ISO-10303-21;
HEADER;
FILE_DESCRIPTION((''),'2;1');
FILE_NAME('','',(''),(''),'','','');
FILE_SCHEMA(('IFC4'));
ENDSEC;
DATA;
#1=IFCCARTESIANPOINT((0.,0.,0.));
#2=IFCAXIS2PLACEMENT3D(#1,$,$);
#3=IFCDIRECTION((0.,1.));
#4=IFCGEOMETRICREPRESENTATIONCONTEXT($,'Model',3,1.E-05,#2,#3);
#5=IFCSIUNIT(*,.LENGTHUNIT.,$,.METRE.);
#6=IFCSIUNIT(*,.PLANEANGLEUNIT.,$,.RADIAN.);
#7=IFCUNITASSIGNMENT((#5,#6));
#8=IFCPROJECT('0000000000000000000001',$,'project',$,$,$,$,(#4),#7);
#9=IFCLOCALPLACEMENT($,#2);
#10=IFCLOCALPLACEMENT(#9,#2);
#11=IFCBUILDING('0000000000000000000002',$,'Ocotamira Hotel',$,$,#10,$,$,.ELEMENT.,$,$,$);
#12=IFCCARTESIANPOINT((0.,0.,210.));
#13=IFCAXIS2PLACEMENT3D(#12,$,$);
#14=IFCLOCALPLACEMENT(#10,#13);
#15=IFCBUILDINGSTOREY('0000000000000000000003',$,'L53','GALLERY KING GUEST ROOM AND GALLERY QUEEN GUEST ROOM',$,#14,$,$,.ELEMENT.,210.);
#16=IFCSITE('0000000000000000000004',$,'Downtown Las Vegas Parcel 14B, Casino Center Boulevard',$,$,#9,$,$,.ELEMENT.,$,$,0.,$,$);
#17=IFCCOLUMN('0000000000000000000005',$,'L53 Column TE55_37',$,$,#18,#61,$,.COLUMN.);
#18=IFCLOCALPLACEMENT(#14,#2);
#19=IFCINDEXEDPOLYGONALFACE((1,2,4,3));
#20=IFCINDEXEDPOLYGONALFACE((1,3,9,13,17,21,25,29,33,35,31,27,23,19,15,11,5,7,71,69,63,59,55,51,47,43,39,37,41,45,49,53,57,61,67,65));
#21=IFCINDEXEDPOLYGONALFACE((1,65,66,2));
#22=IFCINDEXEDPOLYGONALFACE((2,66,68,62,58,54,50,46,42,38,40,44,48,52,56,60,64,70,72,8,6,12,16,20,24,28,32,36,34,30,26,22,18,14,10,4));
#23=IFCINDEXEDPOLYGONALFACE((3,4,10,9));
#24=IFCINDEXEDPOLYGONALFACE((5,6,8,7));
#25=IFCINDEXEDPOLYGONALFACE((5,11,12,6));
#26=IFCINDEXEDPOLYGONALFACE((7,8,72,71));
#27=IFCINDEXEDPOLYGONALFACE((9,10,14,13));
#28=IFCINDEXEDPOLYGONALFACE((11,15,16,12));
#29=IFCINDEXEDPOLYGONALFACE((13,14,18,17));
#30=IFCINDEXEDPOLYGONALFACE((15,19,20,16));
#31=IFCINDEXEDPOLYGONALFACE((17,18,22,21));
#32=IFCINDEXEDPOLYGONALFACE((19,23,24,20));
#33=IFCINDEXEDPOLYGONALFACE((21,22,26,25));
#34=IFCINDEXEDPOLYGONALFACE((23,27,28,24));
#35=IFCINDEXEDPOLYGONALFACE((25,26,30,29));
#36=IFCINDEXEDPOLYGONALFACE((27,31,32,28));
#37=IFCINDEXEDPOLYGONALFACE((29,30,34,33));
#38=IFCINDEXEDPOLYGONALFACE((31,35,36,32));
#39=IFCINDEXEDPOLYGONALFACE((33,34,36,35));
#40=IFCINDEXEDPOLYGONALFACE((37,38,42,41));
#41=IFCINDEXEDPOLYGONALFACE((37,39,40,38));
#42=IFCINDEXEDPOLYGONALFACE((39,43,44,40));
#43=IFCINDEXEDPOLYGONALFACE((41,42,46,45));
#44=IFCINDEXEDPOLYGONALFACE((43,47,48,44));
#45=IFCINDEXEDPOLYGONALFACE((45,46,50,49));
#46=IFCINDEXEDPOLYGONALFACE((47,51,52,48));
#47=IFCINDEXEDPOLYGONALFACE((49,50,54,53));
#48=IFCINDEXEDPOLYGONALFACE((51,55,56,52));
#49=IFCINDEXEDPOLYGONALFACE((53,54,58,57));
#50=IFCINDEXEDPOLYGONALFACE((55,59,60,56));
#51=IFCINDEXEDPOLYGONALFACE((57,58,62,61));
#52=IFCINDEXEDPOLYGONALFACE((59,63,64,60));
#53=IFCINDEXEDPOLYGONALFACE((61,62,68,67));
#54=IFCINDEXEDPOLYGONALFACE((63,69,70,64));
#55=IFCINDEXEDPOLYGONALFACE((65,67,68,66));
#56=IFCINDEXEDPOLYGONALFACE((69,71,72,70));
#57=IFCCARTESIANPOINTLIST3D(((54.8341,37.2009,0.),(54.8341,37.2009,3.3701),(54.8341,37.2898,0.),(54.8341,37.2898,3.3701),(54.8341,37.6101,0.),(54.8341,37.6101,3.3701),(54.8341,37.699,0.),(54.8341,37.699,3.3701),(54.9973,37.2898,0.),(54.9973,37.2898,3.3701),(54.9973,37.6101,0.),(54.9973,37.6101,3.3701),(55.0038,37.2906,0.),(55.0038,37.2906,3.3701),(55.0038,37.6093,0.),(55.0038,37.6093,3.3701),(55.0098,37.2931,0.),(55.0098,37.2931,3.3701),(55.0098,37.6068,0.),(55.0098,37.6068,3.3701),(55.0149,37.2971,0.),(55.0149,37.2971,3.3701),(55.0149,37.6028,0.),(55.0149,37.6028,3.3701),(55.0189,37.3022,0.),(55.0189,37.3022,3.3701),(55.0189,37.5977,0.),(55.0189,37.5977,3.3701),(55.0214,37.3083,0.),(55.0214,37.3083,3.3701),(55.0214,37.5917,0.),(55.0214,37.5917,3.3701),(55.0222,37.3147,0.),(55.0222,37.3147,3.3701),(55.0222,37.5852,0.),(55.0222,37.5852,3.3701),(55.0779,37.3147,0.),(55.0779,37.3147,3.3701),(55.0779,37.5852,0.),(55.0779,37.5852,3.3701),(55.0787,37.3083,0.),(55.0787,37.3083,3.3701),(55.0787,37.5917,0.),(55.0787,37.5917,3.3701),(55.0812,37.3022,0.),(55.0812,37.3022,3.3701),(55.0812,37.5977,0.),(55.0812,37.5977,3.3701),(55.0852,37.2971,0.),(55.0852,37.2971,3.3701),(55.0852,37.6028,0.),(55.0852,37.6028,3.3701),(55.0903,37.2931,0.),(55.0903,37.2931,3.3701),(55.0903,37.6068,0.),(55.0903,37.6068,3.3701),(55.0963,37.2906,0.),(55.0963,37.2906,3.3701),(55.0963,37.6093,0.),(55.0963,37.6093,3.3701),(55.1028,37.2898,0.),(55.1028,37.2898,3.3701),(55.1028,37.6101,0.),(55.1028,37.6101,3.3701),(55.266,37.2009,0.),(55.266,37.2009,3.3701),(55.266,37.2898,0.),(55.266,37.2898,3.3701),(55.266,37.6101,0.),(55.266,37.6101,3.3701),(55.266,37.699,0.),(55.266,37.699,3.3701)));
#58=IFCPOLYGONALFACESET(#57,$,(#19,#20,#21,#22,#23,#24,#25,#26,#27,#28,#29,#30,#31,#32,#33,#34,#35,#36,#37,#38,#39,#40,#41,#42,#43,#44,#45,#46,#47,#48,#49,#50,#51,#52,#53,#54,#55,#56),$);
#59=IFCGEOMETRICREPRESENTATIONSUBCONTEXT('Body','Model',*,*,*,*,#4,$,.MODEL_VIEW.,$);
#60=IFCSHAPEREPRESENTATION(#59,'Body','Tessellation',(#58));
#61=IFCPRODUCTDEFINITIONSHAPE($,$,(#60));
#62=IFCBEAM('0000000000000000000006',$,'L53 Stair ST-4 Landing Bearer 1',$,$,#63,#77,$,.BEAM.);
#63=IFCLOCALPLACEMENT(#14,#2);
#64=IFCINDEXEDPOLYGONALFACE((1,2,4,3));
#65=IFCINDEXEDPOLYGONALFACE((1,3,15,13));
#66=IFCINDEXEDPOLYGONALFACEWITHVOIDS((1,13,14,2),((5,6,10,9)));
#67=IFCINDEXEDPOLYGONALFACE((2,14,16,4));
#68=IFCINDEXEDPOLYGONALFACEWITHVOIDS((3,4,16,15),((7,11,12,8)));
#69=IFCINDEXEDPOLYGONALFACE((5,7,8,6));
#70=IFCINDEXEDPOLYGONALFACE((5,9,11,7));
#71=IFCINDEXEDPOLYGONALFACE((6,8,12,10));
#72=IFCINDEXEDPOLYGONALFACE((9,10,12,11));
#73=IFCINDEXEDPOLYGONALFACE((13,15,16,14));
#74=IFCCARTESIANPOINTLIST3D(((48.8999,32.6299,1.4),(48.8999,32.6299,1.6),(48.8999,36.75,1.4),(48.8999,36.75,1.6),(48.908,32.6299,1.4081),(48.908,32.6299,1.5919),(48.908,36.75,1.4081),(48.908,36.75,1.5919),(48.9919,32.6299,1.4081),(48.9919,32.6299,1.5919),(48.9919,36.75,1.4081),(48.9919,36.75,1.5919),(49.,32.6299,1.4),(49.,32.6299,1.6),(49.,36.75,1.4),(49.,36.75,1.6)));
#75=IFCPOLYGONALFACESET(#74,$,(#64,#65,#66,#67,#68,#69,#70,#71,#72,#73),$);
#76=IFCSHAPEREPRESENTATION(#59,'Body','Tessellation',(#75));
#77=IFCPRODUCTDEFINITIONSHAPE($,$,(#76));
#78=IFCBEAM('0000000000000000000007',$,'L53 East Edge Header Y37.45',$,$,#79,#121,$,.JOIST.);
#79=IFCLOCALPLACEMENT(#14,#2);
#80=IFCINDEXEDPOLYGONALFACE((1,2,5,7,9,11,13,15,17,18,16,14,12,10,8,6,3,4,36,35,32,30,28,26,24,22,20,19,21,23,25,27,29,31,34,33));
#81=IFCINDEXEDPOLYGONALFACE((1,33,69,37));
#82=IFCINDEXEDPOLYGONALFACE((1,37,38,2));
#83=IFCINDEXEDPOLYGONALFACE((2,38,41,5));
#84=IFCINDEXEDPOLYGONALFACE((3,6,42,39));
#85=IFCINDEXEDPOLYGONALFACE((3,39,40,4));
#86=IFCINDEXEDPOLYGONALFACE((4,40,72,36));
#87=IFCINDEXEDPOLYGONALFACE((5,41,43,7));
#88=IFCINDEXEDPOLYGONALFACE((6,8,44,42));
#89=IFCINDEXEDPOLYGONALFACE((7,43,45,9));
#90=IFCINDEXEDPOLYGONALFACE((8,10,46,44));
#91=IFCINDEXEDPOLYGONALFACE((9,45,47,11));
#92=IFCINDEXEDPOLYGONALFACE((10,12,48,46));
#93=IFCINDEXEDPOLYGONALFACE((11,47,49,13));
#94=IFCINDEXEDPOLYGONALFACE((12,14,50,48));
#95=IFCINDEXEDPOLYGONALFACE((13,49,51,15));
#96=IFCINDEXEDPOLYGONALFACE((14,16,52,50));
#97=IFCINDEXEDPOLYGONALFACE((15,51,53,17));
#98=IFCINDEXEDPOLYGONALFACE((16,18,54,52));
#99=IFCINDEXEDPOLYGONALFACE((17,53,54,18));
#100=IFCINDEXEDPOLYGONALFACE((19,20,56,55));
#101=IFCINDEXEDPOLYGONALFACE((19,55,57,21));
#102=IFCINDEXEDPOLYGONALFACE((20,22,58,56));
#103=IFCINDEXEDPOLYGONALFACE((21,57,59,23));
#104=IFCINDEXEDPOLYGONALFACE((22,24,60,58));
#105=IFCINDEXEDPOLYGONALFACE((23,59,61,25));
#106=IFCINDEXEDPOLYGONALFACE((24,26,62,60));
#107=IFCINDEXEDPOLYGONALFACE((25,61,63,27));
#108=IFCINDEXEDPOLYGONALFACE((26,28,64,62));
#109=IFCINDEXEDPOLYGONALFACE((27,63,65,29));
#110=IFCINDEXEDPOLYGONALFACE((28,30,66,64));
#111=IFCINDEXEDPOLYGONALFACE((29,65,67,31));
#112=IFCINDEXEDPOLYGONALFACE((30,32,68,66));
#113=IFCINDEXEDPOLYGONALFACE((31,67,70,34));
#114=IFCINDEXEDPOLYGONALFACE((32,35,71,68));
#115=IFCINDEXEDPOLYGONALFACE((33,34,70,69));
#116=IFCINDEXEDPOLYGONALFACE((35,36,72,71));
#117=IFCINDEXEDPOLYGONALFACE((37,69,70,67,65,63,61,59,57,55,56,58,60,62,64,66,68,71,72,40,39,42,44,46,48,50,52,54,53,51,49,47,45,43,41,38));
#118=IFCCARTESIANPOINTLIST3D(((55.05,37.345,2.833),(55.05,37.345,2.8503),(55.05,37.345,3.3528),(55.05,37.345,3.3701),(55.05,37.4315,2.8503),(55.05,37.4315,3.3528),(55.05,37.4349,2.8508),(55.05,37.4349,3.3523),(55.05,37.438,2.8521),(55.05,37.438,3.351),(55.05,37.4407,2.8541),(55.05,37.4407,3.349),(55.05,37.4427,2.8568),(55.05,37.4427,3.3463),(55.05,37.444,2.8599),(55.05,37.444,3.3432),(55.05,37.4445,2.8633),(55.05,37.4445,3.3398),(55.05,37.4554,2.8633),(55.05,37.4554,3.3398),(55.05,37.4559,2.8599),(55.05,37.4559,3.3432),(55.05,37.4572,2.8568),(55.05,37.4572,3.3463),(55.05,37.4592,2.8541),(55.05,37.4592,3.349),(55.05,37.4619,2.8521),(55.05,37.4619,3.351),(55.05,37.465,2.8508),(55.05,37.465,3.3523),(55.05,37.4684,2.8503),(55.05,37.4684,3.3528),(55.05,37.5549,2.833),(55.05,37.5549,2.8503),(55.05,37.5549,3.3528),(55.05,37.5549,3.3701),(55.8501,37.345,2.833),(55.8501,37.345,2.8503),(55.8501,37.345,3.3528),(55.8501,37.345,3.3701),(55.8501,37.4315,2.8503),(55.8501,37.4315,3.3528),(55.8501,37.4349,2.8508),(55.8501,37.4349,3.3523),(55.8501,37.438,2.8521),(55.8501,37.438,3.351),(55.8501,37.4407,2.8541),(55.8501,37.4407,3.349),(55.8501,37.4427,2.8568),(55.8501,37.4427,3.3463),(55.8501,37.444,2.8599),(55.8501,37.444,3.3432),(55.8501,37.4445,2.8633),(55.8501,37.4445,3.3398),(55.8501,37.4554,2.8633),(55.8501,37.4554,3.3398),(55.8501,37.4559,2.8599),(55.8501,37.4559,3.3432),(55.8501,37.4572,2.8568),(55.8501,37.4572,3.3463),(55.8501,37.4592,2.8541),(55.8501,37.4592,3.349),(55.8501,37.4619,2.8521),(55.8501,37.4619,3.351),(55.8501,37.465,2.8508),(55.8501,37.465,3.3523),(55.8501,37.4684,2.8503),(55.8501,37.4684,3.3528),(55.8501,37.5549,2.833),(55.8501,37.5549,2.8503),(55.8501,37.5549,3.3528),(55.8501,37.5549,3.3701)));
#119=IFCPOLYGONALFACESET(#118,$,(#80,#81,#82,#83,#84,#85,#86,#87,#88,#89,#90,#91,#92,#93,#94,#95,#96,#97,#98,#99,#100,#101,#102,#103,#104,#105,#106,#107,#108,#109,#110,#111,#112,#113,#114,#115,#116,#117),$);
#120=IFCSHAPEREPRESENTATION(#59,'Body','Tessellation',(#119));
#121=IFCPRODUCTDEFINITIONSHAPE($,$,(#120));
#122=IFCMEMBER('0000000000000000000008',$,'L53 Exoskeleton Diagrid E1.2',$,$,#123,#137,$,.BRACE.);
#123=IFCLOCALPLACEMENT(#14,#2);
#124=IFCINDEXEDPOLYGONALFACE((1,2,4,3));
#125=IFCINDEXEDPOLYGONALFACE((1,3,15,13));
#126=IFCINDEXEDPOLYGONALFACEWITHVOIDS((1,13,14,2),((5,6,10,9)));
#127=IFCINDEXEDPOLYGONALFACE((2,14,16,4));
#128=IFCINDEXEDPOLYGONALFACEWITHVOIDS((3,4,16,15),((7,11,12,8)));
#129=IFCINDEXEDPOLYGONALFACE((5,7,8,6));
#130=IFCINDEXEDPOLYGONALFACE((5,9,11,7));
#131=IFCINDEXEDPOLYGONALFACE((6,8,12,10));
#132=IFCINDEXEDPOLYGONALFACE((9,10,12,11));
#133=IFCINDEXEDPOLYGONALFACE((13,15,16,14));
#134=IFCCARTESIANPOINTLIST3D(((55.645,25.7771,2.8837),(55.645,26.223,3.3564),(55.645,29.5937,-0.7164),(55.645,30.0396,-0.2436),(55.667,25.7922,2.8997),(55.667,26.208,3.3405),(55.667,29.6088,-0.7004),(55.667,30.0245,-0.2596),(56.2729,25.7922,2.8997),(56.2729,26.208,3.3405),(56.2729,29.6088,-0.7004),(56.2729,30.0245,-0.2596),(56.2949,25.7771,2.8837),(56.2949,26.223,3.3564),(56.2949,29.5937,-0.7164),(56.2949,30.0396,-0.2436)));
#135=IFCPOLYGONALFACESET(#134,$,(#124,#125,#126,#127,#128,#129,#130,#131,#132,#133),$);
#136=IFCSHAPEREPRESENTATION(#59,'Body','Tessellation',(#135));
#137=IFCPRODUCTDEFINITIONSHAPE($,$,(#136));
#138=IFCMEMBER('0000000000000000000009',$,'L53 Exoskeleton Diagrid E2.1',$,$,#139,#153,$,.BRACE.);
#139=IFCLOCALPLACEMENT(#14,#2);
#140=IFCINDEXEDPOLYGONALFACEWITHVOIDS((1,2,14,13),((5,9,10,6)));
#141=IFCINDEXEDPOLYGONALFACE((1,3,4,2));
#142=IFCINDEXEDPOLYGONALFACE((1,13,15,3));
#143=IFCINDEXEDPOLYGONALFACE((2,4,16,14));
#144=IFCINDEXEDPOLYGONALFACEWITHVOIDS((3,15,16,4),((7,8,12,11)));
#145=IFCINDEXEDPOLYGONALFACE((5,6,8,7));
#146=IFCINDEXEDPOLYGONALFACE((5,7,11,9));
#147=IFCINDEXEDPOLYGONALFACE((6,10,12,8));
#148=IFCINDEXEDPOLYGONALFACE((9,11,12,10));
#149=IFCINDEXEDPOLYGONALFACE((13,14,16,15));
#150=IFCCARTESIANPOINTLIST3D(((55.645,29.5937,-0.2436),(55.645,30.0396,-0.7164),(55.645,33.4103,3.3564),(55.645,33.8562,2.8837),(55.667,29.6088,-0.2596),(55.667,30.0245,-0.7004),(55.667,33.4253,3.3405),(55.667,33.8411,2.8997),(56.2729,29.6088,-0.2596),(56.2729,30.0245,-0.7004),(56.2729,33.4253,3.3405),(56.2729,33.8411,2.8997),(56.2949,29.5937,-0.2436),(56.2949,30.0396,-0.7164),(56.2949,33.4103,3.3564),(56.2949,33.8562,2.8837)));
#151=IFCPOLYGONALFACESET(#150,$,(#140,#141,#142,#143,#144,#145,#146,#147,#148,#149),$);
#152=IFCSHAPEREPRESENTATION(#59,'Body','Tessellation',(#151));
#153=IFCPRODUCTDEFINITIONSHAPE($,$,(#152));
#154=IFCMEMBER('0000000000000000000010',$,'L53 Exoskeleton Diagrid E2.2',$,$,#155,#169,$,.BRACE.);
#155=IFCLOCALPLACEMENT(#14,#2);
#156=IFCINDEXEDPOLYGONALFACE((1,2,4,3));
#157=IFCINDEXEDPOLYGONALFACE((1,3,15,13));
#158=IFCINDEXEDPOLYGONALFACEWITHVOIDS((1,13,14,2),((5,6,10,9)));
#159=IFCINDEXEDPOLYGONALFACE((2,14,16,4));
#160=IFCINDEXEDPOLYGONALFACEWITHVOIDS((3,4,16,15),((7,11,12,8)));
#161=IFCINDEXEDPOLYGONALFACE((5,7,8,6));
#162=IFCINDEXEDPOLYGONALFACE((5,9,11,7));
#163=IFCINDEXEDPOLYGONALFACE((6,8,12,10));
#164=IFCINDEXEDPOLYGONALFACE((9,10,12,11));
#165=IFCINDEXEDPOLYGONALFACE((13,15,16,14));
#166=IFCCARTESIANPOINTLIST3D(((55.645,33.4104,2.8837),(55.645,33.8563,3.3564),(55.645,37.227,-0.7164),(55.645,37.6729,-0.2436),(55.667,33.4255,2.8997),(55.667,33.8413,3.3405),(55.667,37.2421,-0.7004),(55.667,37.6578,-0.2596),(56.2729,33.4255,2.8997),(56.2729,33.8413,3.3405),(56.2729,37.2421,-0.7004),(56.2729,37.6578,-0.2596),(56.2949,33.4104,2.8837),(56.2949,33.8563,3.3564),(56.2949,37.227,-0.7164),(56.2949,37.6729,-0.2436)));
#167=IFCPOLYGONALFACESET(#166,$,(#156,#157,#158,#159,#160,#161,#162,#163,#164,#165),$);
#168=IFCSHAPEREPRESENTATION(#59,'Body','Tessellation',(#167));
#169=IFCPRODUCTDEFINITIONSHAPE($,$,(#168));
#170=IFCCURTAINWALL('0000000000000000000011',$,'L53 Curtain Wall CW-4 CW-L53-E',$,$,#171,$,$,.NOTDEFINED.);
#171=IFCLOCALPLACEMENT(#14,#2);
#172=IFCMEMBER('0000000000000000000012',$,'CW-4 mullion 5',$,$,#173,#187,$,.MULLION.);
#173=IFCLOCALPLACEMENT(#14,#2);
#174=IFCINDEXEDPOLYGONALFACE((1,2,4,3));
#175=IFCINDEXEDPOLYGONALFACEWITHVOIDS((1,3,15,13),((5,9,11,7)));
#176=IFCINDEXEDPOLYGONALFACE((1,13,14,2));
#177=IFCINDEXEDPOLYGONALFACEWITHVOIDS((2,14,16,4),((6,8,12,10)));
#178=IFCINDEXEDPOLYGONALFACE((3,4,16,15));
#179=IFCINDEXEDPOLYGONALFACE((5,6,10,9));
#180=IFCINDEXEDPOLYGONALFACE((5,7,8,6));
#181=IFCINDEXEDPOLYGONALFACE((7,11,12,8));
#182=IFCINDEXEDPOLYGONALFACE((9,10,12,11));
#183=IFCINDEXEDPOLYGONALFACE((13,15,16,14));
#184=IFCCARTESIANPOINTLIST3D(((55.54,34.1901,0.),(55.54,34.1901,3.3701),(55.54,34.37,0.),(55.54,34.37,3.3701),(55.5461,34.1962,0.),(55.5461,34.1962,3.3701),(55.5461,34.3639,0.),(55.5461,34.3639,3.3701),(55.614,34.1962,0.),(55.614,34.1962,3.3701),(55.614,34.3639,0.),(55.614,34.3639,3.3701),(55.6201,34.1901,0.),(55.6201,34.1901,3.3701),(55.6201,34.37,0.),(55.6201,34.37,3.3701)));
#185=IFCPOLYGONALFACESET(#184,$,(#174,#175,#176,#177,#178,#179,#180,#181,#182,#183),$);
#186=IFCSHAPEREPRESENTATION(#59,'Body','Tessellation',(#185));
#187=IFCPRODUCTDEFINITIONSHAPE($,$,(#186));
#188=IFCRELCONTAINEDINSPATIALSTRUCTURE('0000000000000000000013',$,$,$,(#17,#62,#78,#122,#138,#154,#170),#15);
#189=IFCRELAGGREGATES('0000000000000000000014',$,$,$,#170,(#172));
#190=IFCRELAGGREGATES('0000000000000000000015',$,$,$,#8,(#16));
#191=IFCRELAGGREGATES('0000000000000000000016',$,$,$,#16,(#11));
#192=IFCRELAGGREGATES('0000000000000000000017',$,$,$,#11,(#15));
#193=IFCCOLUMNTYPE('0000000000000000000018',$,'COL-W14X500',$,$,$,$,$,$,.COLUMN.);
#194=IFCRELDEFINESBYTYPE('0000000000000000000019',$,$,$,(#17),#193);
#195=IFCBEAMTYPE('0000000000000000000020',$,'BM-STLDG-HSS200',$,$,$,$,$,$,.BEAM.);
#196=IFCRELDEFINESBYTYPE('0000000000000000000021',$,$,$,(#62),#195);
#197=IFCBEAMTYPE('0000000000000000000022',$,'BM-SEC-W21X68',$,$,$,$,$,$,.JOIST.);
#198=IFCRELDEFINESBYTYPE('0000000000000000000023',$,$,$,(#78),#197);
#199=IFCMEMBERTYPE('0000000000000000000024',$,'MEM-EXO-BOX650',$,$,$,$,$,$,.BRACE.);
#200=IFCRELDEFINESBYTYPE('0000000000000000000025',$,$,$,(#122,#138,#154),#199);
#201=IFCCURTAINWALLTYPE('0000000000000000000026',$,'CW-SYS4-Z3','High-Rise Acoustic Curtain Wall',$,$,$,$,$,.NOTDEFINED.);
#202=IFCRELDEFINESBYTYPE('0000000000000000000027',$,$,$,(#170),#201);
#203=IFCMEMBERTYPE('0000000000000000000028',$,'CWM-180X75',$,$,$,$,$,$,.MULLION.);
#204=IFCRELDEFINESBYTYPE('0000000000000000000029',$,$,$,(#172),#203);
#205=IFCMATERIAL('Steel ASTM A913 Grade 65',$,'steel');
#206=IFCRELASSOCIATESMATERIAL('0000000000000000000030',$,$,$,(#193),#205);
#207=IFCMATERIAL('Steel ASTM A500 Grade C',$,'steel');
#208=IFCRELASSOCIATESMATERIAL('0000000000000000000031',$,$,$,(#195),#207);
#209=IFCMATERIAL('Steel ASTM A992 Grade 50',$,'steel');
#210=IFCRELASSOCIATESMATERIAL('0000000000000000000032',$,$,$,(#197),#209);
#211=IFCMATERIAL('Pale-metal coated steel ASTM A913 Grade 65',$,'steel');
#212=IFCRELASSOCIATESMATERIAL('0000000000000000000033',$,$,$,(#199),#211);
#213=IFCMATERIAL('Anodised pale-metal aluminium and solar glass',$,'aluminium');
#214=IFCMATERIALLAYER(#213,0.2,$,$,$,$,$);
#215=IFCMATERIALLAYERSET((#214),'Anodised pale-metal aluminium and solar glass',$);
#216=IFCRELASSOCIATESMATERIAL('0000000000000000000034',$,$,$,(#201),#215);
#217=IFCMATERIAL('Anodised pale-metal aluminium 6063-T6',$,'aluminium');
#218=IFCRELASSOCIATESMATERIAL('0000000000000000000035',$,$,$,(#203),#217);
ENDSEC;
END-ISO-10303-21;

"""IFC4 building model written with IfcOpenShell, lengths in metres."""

from ifc_helpers import new_model, si_unit, direction, frame, origin, origin_2d, place, context, subcontext, project, spatial, hollow_rectangle, i_section, extrude, source, transform, mapped, material, layer, layer_set, material_profile, profile_set, type_object, element, aggregate, save


model = new_model("IFC4")

# Units and contexts
model_context = context("Model", 3, precision=1e-05, world=origin(), true_north=direction((0.0, 1.0)))
body_context = subcontext(model_context, "Body", "Model", "MODEL_VIEW")
ifc_project = project(units=[si_unit("LENGTHUNIT", "METRE"), si_unit("PLANEANGLEUNIT", "RADIAN")], contexts=[model_context])

# Site, building, storey
site_placement = place(None, origin())
site = spatial("IfcSite", under=ifc_project, at=site_placement, Name="Downtown Las Vegas Parcel 14B, Casino Center Boulevard", CompositionType="ELEMENT", RefElevation=0.0)
building_placement = place(site_placement, origin())
building = spatial("IfcBuilding", under=site, at=building_placement, Name="Ocotamira Hotel", CompositionType="ELEMENT")
storey_placement = place(building_placement, frame((0.0, 0.0, 210.0)))
storey = spatial("IfcBuildingStorey", under=building, at=storey_placement, Name="L53", Description="GALLERY KING GUEST ROOM AND GALLERY QUEEN GUEST ROOM", CompositionType="ELEMENT", Elevation=210.0)

# Column
ifc_material_1 = material(Name="Steel ASTM A913 Grade 65", Category="steel")
ifc_material_profile_1 = material_profile(ifc_material_1, i_section(OverallWidth=0.4319, OverallDepth=0.498, WebThickness=0.0557, FlangeThickness=0.0889, FilletRadius=0.0249, at=origin_2d()), Name="W14X500")
ifc_profile_set_1 = profile_set([ifc_material_profile_1], Name="Steel ASTM A913 Grade 65")
column_type = type_object("IfcColumnType", Name="COL-W14X500", PredefinedType="COLUMN", material=ifc_profile_set_1)
shared_shape_1 = source(origin(), body_context, "Body", "SweptSolid", [
    extrude(i_section(OverallWidth=0.4319, OverallDepth=0.498, WebThickness=0.0557, FlangeThickness=0.0889, FilletRadius=0.0249, at=origin_2d()), origin(), (0.0, 0.0, 1.0), 3.3701),
])
column_placement = place(storey_placement, frame((55.05, 37.45, 0.0), z_axis=(0.0, 0.0, 1.0), x_axis=(1.0, 0.0, 0.0)))
element("IfcColumn", 1, at=column_placement, inside=storey, type_object=column_type, Name="L53 Column TE55_37", PredefinedType="COLUMN", context=body_context, shape_type="MappedRepresentation", body=[
    mapped(shared_shape_1, transform((0.0, 0.0, 0.0), scale=1.0)),
])

# Beams
ifc_material_2 = material(Name="Steel ASTM A500 Grade C", Category="steel")
ifc_material_profile_2 = material_profile(ifc_material_2, hollow_rectangle(XDim=0.1001, YDim=0.2, WallThickness=0.0081, at=origin_2d()), Name="HSS200X100X8")
ifc_profile_set_2 = profile_set([ifc_material_profile_2], Name="Steel ASTM A500 Grade C")
beam_type_1 = type_object("IfcBeamType", Name="BM-STLDG-HSS200", PredefinedType="BEAM", material=ifc_profile_set_2)
shared_shape_2 = source(origin(), body_context, "Body", "SweptSolid", [
    extrude(hollow_rectangle(XDim=0.1001, YDim=0.2, WallThickness=0.0081, at=origin_2d()), origin(), (0.0, 0.0, 1.0), 4.1201),
])
beam_1_placement = place(storey_placement, frame((48.95, 32.6299, 1.5), z_axis=(0.0, 1.0, 0.0), x_axis=(-1.0, 0.0, 0.0)))
element("IfcBeam", 2, at=beam_1_placement, inside=storey, type_object=beam_type_1, Name="L53 Stair ST-4 Landing Bearer 1", PredefinedType="BEAM", context=body_context, shape_type="MappedRepresentation", body=[
    mapped(shared_shape_2, transform((0.0, 0.0, 0.0), scale=1.0)),
])
ifc_material_3 = material(Name="Steel ASTM A992 Grade 50", Category="steel")
ifc_material_profile_3 = material_profile(ifc_material_3, i_section(OverallWidth=0.21, OverallDepth=0.5371, WebThickness=0.011, FlangeThickness=0.0173, FilletRadius=0.0129, at=origin_2d()), Name="W21X68")
ifc_profile_set_3 = profile_set([ifc_material_profile_3], Name="Steel ASTM A992 Grade 50")
beam_type_2 = type_object("IfcBeamType", Name="BM-SEC-W21X68", PredefinedType="JOIST", material=ifc_profile_set_3)
shared_shape_3 = source(origin(), body_context, "Body", "SweptSolid", [
    extrude(i_section(OverallWidth=0.21, OverallDepth=0.5371, WebThickness=0.011, FlangeThickness=0.0173, FilletRadius=0.0129, at=origin_2d()), origin(), (0.0, 0.0, 1.0), 0.8),
])
beam_2_placement = place(storey_placement, frame((55.05, 37.45, 3.1016), z_axis=(1.0, 0.0, 0.0), x_axis=(0.0, 1.0, 0.0)))
element("IfcBeam", 3, at=beam_2_placement, inside=storey, type_object=beam_type_2, Name="L53 East Edge Header Y37.45", PredefinedType="JOIST", context=body_context, shape_type="MappedRepresentation", body=[
    mapped(shared_shape_3, transform((0.0, 0.0, 0.0), scale=1.0)),
])

# Members
ifc_material_4 = material(Name="Pale-metal coated steel ASTM A913 Grade 65", Category="steel")
ifc_material_profile_4 = material_profile(ifc_material_4, hollow_rectangle(XDim=0.6499, YDim=0.6499, WallThickness=0.022, at=origin_2d()), Name="BOX650X650X22")
ifc_profile_set_4 = profile_set([ifc_material_profile_4], Name="Pale-metal coated steel ASTM A913 Grade 65")
member_type_1 = type_object("IfcMemberType", Name="MEM-EXO-BOX650", PredefinedType="BRACE", material=ifc_profile_set_4)
shared_shape_4 = source(origin(), body_context, "Body", "SweptSolid", [
    extrude(hollow_rectangle(XDim=0.6499, YDim=0.6499, WallThickness=0.022, at=origin_2d()), origin(), (0.0, 0.0, 1.0), 5.2466),
])
for number, where, z_axis, x_axis, name in (
    (4, (55.97, 29.8167, -0.48), (0.0, -0.727443, 0.686168), (1.0, 0.0, 0.0), "L53 Exoskeleton Diagrid E1.2"),
    (5, (55.97, 29.8167, -0.48), (0.0, 0.727443, 0.686168), (-1.0, 0.0, 0.0), "L53 Exoskeleton Diagrid E2.1"),
    (6, (55.97, 37.45, -0.48), (0.0, -0.727443, 0.686168), (1.0, 0.0, 0.0), "L53 Exoskeleton Diagrid E2.2"),
):
    element("IfcMember", number, at=place(storey_placement, frame(where, z_axis=z_axis, x_axis=x_axis)), inside=storey, type_object=member_type_1, Name=name, PredefinedType="BRACE", context=body_context, shape_type="MappedRepresentation", body=[
        mapped(shared_shape_4, transform((0.0, 0.0, 0.0), scale=1.0)),
    ])

# Curtain wall, member
ifc_material_5 = material(Name="Anodised pale-metal aluminium and solar glass", Category="aluminium")
ifc_layer_1 = layer(ifc_material_5, 0.2)
ifc_layer_set_1 = layer_set([ifc_layer_1], Name="Anodised pale-metal aluminium and solar glass")
curtain_wall_type = type_object("IfcCurtainWallType", Name="CW-SYS4-Z3", Description="High-Rise Acoustic Curtain Wall", PredefinedType="NOTDEFINED", material=ifc_layer_set_1)
curtain_wall_placement = place(storey_placement, origin())
curtain_wall = element("IfcCurtainWall", 7, at=curtain_wall_placement, inside=storey, type_object=curtain_wall_type, Name="L53 Curtain Wall CW-4 CW-L53-E", PredefinedType="NOTDEFINED")
ifc_material_6 = material(Name="Anodised pale-metal aluminium 6063-T6", Category="aluminium")
ifc_material_profile_5 = material_profile(ifc_material_6, hollow_rectangle(XDim=0.0801, YDim=0.1799, WallThickness=0.0061, at=origin_2d()), Name="HSS180X80X6")
ifc_profile_set_5 = profile_set([ifc_material_profile_5], Name="Anodised pale-metal aluminium 6063-T6")
member_type_2 = type_object("IfcMemberType", Name="CWM-180X75", PredefinedType="MULLION", material=ifc_profile_set_5)
shared_shape_5 = source(origin(), body_context, "Body", "SweptSolid", [
    extrude(hollow_rectangle(XDim=0.0801, YDim=0.1799, WallThickness=0.0061, at=origin_2d()), origin(), (0.0, 0.0, 1.0), 3.3701),
])
member_1_placement = place(storey_placement, frame((55.5801, 34.28, 0.0), z_axis=(0.0, 0.0, 1.0), x_axis=(-1.0, 0.0, 0.0)))
member_1 = element("IfcMember", 8, at=member_1_placement, type_object=member_type_2, Name="CW-4 mullion 5", PredefinedType="MULLION", context=body_context, shape_type="MappedRepresentation", body=[
    mapped(shared_shape_5, transform((0.0, 0.0, 0.0), scale=1.0)),
])

aggregate(curtain_wall, [member_1])

save(model, "model.ifc")
